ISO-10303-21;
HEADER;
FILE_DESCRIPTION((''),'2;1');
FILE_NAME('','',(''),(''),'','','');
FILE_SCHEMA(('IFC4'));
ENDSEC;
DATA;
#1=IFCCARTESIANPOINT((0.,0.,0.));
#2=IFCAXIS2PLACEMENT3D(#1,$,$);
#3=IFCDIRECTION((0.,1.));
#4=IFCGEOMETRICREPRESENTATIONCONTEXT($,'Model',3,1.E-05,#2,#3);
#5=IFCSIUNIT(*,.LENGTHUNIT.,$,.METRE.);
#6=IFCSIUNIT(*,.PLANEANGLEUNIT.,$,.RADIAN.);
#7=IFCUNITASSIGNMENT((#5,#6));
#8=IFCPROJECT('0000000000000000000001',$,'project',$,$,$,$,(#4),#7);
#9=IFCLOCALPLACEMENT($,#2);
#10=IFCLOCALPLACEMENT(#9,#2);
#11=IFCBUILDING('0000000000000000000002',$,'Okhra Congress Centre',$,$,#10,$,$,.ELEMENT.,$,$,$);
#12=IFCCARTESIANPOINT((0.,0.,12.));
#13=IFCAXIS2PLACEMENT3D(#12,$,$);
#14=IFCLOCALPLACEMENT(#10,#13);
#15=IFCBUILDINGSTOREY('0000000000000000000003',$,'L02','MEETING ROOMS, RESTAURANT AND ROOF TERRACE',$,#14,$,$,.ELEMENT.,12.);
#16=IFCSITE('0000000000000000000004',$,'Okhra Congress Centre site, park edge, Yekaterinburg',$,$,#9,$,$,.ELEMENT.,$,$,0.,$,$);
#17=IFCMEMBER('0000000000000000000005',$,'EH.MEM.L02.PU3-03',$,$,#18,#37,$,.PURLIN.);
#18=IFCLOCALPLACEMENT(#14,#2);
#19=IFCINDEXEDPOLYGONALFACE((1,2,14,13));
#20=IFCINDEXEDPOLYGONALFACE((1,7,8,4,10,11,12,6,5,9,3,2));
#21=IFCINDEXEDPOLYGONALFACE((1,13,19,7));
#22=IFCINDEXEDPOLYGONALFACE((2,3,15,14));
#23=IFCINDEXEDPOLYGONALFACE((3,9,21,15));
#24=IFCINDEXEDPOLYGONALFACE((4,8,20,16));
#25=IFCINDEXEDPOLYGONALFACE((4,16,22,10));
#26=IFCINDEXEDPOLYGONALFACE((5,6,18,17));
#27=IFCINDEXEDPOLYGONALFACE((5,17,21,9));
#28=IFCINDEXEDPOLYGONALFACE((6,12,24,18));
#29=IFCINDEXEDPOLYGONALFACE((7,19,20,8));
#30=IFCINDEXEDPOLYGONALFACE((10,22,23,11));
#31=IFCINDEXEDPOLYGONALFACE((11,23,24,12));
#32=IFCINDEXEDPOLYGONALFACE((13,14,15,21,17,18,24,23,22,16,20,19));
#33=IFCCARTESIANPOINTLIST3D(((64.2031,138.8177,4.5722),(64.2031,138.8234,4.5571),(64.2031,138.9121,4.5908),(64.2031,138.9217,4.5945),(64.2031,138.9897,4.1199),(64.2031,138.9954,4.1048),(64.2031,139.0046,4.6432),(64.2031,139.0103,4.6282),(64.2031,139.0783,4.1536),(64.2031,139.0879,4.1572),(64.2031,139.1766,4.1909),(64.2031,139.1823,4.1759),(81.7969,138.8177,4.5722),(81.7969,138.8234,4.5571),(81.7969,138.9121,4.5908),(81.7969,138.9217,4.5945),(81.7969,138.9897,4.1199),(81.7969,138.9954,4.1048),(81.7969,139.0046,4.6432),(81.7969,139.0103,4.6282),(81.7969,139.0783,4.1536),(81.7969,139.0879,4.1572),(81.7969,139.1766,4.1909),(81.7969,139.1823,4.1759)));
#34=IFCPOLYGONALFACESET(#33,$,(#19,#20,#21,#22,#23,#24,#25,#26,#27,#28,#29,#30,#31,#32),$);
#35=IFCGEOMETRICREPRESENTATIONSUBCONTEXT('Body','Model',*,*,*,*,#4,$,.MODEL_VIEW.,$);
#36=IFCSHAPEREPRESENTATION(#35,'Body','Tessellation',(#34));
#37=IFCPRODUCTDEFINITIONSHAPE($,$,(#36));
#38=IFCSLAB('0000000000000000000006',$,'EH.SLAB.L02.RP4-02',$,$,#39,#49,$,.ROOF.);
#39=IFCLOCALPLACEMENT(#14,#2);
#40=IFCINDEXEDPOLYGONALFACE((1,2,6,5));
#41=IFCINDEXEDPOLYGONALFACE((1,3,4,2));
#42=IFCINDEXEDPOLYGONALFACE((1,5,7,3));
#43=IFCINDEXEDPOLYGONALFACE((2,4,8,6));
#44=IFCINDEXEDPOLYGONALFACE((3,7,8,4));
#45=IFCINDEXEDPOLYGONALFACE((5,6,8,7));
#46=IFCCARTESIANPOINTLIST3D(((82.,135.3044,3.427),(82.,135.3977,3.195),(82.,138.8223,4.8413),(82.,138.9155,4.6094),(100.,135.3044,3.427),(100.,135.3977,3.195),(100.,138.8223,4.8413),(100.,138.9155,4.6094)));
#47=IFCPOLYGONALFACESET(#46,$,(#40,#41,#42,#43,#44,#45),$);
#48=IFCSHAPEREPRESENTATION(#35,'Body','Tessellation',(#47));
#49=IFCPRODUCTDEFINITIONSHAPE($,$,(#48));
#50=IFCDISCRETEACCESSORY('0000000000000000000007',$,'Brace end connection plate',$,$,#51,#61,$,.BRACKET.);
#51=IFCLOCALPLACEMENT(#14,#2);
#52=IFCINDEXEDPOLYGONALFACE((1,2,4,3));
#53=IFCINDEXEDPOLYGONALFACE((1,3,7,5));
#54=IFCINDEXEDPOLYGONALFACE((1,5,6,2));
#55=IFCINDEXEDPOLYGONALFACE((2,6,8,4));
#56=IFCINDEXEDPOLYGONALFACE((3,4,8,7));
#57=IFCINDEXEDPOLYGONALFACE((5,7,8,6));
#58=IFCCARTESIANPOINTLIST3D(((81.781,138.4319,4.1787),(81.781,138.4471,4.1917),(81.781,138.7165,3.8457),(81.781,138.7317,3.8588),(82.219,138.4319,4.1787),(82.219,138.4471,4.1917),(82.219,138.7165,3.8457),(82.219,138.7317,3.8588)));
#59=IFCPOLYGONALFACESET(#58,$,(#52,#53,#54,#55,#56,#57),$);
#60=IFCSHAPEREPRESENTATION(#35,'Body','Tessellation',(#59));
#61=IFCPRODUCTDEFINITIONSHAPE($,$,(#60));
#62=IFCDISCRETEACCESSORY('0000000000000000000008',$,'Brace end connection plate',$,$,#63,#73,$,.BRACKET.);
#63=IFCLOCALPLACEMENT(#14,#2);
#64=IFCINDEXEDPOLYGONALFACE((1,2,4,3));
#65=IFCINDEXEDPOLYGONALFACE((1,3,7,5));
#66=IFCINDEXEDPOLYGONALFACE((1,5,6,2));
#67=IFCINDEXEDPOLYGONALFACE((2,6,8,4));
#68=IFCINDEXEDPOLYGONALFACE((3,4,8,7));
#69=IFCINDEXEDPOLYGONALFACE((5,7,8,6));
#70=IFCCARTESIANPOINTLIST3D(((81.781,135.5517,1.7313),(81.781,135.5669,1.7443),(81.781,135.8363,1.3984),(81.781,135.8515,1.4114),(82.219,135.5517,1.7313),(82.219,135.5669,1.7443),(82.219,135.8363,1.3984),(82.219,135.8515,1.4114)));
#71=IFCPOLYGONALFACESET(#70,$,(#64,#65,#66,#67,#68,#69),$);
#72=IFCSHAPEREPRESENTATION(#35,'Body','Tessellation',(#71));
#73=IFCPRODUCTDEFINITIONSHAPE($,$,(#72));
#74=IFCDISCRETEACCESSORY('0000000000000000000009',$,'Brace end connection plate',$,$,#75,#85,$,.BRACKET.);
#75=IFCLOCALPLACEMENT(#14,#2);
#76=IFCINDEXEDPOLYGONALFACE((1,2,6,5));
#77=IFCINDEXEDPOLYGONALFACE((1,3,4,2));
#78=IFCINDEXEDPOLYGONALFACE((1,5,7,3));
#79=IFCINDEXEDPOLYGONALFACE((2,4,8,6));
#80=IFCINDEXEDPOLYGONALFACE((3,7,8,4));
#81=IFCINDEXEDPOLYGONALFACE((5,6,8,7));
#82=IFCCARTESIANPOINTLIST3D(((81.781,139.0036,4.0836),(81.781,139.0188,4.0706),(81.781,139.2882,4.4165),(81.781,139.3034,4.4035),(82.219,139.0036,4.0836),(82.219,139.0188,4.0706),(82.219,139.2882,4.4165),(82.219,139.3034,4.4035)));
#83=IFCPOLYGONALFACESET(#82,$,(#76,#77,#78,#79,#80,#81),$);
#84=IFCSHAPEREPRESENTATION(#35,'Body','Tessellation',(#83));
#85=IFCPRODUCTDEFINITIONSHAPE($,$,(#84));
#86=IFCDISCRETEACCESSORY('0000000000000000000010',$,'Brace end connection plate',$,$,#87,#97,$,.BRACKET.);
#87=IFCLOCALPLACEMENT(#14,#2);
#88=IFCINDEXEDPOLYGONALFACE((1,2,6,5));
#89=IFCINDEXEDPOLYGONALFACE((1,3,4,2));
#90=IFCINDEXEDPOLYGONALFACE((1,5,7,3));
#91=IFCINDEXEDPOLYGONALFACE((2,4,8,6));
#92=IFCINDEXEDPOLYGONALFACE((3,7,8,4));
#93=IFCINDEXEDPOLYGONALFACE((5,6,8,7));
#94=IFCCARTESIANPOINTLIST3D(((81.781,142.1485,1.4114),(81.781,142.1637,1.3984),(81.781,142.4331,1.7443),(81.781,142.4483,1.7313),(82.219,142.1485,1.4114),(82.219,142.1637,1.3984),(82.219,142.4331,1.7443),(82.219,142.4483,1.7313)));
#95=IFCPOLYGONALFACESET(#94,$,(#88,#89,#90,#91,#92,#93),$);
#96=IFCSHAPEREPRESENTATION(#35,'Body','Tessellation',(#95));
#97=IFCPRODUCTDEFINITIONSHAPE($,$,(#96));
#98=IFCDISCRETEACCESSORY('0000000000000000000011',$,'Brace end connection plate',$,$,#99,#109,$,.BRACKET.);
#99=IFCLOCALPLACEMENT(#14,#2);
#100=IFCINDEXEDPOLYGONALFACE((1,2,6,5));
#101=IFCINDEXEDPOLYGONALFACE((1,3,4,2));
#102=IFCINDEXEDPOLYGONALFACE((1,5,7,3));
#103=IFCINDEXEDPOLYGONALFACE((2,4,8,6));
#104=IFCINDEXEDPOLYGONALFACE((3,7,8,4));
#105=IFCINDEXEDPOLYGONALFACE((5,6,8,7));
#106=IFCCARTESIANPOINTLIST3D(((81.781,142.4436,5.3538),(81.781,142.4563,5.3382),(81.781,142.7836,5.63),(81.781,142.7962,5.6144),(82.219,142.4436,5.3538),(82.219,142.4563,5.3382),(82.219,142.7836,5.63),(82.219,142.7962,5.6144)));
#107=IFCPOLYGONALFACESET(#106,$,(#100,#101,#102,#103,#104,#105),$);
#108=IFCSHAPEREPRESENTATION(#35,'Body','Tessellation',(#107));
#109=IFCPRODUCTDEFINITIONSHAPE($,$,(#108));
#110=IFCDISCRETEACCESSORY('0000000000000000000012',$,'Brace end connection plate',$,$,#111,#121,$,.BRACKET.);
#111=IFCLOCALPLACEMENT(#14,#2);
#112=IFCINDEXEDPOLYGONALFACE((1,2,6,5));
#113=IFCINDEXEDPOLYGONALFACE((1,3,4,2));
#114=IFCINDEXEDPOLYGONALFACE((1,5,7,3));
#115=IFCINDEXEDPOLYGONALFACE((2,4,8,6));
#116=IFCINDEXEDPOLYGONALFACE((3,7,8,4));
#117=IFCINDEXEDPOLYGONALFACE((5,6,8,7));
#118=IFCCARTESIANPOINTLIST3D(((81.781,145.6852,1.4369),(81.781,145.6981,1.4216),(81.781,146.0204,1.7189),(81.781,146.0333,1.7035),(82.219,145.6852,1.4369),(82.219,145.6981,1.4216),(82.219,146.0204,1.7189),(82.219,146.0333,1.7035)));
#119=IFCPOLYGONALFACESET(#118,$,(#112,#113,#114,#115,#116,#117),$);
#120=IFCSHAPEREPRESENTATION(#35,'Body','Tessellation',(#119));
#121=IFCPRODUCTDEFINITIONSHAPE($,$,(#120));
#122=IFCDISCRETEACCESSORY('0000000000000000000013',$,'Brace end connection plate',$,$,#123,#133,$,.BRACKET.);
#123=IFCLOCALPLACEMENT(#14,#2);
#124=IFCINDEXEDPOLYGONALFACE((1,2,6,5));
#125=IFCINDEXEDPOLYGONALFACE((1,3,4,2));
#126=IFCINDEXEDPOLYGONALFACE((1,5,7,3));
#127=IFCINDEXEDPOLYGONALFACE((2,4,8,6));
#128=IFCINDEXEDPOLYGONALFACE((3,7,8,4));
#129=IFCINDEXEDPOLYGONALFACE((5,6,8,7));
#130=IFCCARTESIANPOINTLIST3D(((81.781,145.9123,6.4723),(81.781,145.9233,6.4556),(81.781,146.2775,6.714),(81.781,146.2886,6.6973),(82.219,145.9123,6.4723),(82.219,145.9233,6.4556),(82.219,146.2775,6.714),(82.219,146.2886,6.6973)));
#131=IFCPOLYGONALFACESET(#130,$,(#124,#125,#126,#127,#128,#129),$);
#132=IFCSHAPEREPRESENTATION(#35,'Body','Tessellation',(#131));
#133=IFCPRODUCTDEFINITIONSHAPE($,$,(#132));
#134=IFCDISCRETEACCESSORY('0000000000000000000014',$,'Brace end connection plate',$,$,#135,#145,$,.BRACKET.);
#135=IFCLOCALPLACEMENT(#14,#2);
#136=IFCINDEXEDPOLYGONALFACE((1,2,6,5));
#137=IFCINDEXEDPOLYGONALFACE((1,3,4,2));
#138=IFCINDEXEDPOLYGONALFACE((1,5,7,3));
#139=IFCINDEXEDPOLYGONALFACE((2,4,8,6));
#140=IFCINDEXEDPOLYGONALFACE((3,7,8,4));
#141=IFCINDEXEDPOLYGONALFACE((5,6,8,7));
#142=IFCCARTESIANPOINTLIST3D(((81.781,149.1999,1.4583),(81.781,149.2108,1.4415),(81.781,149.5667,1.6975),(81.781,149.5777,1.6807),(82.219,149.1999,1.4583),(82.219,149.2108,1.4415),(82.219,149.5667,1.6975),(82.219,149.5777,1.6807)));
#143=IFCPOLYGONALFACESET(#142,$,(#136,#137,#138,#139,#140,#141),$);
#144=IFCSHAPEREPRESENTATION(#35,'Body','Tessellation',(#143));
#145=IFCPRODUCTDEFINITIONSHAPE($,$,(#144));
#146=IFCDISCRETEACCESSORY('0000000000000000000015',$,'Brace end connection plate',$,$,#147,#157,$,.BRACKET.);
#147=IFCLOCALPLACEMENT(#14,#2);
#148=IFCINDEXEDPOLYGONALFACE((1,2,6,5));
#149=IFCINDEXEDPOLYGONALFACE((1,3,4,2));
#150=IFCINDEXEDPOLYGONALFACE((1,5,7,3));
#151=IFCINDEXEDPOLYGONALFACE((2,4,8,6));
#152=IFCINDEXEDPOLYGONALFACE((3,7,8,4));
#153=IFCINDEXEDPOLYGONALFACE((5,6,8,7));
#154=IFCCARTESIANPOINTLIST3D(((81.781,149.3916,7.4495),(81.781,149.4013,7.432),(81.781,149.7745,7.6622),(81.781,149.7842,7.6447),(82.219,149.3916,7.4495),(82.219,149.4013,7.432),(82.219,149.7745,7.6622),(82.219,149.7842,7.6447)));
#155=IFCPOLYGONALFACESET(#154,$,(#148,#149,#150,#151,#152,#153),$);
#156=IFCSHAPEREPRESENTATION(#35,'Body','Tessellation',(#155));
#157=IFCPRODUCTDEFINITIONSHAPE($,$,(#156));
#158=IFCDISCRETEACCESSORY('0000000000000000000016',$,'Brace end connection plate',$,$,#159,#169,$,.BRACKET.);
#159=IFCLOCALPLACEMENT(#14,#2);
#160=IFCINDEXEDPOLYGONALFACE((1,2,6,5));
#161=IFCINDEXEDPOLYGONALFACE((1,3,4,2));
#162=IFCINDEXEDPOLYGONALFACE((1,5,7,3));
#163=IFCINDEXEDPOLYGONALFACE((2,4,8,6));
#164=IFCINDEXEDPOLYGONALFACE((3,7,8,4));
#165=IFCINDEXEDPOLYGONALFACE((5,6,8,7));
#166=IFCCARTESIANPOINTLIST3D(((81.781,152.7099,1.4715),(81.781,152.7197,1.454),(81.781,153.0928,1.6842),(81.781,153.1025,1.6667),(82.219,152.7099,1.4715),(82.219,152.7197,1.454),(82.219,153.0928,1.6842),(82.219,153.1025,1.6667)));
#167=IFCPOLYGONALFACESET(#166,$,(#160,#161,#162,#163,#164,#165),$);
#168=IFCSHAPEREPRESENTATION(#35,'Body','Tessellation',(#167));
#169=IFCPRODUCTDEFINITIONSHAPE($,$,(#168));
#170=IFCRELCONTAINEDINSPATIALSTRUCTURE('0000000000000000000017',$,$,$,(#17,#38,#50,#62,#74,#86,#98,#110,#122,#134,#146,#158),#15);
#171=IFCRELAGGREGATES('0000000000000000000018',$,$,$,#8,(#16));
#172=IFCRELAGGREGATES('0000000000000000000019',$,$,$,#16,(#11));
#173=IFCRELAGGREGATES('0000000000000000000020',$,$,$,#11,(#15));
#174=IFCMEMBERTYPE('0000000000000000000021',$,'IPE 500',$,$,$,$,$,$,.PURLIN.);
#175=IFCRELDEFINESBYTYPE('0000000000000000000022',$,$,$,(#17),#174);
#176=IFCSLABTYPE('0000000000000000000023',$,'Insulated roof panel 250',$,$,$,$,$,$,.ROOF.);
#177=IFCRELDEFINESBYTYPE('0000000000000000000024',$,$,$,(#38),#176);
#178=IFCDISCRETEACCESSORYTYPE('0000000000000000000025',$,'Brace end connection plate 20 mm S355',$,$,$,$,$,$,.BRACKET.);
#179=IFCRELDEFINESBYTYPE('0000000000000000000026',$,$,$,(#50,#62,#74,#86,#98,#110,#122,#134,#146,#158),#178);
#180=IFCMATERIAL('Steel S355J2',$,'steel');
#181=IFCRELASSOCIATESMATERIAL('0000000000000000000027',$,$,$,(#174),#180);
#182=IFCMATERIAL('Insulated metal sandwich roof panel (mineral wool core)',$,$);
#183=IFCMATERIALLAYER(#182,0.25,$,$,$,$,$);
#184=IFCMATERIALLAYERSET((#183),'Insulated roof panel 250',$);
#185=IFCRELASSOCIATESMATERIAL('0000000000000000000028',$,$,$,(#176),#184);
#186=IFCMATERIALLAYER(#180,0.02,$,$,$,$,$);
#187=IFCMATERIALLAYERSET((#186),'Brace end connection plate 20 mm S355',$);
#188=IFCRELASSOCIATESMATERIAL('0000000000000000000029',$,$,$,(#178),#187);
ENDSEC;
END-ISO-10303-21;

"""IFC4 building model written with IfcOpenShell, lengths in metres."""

from ifc_helpers import new_model, si_unit, direction, frame, origin, origin_2d, place, context, subcontext, project, spatial, polyline, rectangle, i_section, outline, extrude, material, layer, layer_set, material_profile, profile_set, type_object, element, save


model = new_model("IFC4")

# Units and contexts
model_context = context("Model", 3, precision=1e-05, world=origin(), true_north=direction((0.0, 1.0)))
body_context = subcontext(model_context, "Body", "Model", "MODEL_VIEW")
ifc_project = project(units=[si_unit("LENGTHUNIT", "METRE"), si_unit("PLANEANGLEUNIT", "RADIAN")], contexts=[model_context])

# Site, building, storey
site_placement = place(None, origin())
site = spatial("IfcSite", under=ifc_project, at=site_placement, Name="Okhra Congress Centre site, park edge, Yekaterinburg", CompositionType="ELEMENT", RefElevation=0.0)
building_placement = place(site_placement, origin())
building = spatial("IfcBuilding", under=site, at=building_placement, Name="Okhra Congress Centre", CompositionType="ELEMENT")
storey_placement = place(building_placement, frame((0.0, 0.0, 12.0)))
storey = spatial("IfcBuildingStorey", under=building, at=storey_placement, Name="L02", Description="MEETING ROOMS, RESTAURANT AND ROOF TERRACE", CompositionType="ELEMENT", Elevation=12.0)

# Shared definitions
ifc_material_1 = material(Name="Steel S355J2", Category="steel")

# Member
ifc_material_profile_1 = material_profile(ifc_material_1, i_section(OverallWidth=0.2, OverallDepth=0.5, WebThickness=0.0103, FlangeThickness=0.0161, at=origin_2d()), Name="IPE 500")
ifc_profile_set_1 = profile_set([ifc_material_profile_1], Name="Steel S355J2")
member_type_1 = type_object("IfcMemberType", Name="IPE 500", PredefinedType="PURLIN", material=ifc_profile_set_1)
for number, where, z_axis, x_axis, name in (
    (1, (64.2031, 139.0, 4.374), (1.0, 0.0, 0.0), (0.0, 0.934733, 0.355351), "EH.MEM.L02.PU3-03"),
):
    element("IfcMember", number, at=place(storey_placement, frame(where, z_axis=z_axis, x_axis=x_axis)), inside=storey, type_object=member_type_1, Name=name, PredefinedType="PURLIN", context=body_context, shape_type="SweptSolid", body=[
        extrude(i_section(OverallWidth=0.2, OverallDepth=0.5, WebThickness=0.0103, FlangeThickness=0.0161, at=origin_2d()), origin(), (0.0, 0.0, 1.0), 17.5938),
    ])

# Slab
ifc_material_2 = material(Name="Insulated metal sandwich roof panel (mineral wool core)")
ifc_layer_1 = layer(ifc_material_2, 0.25)
ifc_layer_set_1 = layer_set([ifc_layer_1], Name="Insulated roof panel 250")
slab_type = type_object("IfcSlabType", Name="Insulated roof panel 250", PredefinedType="ROOF", material=ifc_layer_set_1)
slab_placement = place(storey_placement, frame((82.0, 135.3044, 3.427), z_axis=(0.0, -0.373022, 0.927822), x_axis=(1.0, 0.0, 0.0)))
element("IfcSlab", 2, at=slab_placement, inside=storey, type_object=slab_type, Name="EH.SLAB.L02.RP4-02", PredefinedType="ROOF", context=body_context, shape_type="SweptSolid", body=[
    extrude(outline(polyline([(0.0, 0.0), (18.0, 0.0), (18.0, 3.7915), (0.0, 3.7915), (0.0, 0.0)])), origin(), (0.0, 0.0, -1.0), 0.25),
])

# Discrete accessories
ifc_layer_2 = layer(ifc_material_1, 0.02)
ifc_layer_set_2 = layer_set([ifc_layer_2], Name="Brace end connection plate 20 mm S355")
discrete_accessory_type = type_object("IfcDiscreteAccessoryType", Name="Brace end connection plate 20 mm S355", PredefinedType="BRACKET", material=ifc_layer_set_2)
for number, where, z_axis, x_axis, name in (
    (3, (82.0, 138.5742, 4.0122), (0.0, 0.760121, 0.649781), (-1.0, 0.0, 0.0), "Brace end connection plate"),
    (4, (82.0, 135.7092, 1.5779), (0.0, -0.760121, -0.649781), (1.0, 0.0, 0.0), "Brace end connection plate"),
    (5, (82.0, 139.1611, 4.2371), (0.0, -0.760121, 0.649781), (1.0, 0.0, 0.0), "Brace end connection plate"),
    (6, (82.0, 142.2908, 1.5779), (0.0, 0.760121, -0.649781), (-1.0, 0.0, 0.0), "Brace end connection plate"),
    (7, (82.0, 142.6262, 5.4763), (0.0, -0.630593, 0.776114), (1.0, 0.0, 0.0), "Brace end connection plate"),
    (8, (82.0, 145.8528, 1.5779), (0.0, 0.643762, -0.765226), (-1.0, 0.0, 0.0), "Brace end connection plate"),
    (9, (82.0, 146.106, 6.5764), (0.0, -0.551867, 0.833932), (1.0, 0.0, 0.0), "Brace end connection plate"),
    (10, (82.0, 149.3833, 1.5779), (0.0, 0.546268, -0.837611), (-1.0, 0.0, 0.0), "Brace end connection plate"),
    (11, (82.0, 149.5928, 7.5383), (0.0, -0.485643, 0.874157), (1.0, 0.0, 0.0), "Brace end connection plate"),
    (12, (82.0, 152.9014, 1.5779), (0.0, 0.485643, -0.874157), (-1.0, 0.0, 0.0), "Brace end connection plate"),
):
    element("IfcDiscreteAccessory", number, at=place(storey_placement, frame(where, z_axis=z_axis, x_axis=x_axis)), inside=storey, type_object=discrete_accessory_type, Name=name, PredefinedType="BRACKET", context=body_context, shape_type="SweptSolid", body=[
        extrude(rectangle(XDim=0.438, YDim=0.438, at=origin_2d()), origin(), (0.0, 0.0, 1.0), 0.02),
    ])

save(model, "model.ifc")
